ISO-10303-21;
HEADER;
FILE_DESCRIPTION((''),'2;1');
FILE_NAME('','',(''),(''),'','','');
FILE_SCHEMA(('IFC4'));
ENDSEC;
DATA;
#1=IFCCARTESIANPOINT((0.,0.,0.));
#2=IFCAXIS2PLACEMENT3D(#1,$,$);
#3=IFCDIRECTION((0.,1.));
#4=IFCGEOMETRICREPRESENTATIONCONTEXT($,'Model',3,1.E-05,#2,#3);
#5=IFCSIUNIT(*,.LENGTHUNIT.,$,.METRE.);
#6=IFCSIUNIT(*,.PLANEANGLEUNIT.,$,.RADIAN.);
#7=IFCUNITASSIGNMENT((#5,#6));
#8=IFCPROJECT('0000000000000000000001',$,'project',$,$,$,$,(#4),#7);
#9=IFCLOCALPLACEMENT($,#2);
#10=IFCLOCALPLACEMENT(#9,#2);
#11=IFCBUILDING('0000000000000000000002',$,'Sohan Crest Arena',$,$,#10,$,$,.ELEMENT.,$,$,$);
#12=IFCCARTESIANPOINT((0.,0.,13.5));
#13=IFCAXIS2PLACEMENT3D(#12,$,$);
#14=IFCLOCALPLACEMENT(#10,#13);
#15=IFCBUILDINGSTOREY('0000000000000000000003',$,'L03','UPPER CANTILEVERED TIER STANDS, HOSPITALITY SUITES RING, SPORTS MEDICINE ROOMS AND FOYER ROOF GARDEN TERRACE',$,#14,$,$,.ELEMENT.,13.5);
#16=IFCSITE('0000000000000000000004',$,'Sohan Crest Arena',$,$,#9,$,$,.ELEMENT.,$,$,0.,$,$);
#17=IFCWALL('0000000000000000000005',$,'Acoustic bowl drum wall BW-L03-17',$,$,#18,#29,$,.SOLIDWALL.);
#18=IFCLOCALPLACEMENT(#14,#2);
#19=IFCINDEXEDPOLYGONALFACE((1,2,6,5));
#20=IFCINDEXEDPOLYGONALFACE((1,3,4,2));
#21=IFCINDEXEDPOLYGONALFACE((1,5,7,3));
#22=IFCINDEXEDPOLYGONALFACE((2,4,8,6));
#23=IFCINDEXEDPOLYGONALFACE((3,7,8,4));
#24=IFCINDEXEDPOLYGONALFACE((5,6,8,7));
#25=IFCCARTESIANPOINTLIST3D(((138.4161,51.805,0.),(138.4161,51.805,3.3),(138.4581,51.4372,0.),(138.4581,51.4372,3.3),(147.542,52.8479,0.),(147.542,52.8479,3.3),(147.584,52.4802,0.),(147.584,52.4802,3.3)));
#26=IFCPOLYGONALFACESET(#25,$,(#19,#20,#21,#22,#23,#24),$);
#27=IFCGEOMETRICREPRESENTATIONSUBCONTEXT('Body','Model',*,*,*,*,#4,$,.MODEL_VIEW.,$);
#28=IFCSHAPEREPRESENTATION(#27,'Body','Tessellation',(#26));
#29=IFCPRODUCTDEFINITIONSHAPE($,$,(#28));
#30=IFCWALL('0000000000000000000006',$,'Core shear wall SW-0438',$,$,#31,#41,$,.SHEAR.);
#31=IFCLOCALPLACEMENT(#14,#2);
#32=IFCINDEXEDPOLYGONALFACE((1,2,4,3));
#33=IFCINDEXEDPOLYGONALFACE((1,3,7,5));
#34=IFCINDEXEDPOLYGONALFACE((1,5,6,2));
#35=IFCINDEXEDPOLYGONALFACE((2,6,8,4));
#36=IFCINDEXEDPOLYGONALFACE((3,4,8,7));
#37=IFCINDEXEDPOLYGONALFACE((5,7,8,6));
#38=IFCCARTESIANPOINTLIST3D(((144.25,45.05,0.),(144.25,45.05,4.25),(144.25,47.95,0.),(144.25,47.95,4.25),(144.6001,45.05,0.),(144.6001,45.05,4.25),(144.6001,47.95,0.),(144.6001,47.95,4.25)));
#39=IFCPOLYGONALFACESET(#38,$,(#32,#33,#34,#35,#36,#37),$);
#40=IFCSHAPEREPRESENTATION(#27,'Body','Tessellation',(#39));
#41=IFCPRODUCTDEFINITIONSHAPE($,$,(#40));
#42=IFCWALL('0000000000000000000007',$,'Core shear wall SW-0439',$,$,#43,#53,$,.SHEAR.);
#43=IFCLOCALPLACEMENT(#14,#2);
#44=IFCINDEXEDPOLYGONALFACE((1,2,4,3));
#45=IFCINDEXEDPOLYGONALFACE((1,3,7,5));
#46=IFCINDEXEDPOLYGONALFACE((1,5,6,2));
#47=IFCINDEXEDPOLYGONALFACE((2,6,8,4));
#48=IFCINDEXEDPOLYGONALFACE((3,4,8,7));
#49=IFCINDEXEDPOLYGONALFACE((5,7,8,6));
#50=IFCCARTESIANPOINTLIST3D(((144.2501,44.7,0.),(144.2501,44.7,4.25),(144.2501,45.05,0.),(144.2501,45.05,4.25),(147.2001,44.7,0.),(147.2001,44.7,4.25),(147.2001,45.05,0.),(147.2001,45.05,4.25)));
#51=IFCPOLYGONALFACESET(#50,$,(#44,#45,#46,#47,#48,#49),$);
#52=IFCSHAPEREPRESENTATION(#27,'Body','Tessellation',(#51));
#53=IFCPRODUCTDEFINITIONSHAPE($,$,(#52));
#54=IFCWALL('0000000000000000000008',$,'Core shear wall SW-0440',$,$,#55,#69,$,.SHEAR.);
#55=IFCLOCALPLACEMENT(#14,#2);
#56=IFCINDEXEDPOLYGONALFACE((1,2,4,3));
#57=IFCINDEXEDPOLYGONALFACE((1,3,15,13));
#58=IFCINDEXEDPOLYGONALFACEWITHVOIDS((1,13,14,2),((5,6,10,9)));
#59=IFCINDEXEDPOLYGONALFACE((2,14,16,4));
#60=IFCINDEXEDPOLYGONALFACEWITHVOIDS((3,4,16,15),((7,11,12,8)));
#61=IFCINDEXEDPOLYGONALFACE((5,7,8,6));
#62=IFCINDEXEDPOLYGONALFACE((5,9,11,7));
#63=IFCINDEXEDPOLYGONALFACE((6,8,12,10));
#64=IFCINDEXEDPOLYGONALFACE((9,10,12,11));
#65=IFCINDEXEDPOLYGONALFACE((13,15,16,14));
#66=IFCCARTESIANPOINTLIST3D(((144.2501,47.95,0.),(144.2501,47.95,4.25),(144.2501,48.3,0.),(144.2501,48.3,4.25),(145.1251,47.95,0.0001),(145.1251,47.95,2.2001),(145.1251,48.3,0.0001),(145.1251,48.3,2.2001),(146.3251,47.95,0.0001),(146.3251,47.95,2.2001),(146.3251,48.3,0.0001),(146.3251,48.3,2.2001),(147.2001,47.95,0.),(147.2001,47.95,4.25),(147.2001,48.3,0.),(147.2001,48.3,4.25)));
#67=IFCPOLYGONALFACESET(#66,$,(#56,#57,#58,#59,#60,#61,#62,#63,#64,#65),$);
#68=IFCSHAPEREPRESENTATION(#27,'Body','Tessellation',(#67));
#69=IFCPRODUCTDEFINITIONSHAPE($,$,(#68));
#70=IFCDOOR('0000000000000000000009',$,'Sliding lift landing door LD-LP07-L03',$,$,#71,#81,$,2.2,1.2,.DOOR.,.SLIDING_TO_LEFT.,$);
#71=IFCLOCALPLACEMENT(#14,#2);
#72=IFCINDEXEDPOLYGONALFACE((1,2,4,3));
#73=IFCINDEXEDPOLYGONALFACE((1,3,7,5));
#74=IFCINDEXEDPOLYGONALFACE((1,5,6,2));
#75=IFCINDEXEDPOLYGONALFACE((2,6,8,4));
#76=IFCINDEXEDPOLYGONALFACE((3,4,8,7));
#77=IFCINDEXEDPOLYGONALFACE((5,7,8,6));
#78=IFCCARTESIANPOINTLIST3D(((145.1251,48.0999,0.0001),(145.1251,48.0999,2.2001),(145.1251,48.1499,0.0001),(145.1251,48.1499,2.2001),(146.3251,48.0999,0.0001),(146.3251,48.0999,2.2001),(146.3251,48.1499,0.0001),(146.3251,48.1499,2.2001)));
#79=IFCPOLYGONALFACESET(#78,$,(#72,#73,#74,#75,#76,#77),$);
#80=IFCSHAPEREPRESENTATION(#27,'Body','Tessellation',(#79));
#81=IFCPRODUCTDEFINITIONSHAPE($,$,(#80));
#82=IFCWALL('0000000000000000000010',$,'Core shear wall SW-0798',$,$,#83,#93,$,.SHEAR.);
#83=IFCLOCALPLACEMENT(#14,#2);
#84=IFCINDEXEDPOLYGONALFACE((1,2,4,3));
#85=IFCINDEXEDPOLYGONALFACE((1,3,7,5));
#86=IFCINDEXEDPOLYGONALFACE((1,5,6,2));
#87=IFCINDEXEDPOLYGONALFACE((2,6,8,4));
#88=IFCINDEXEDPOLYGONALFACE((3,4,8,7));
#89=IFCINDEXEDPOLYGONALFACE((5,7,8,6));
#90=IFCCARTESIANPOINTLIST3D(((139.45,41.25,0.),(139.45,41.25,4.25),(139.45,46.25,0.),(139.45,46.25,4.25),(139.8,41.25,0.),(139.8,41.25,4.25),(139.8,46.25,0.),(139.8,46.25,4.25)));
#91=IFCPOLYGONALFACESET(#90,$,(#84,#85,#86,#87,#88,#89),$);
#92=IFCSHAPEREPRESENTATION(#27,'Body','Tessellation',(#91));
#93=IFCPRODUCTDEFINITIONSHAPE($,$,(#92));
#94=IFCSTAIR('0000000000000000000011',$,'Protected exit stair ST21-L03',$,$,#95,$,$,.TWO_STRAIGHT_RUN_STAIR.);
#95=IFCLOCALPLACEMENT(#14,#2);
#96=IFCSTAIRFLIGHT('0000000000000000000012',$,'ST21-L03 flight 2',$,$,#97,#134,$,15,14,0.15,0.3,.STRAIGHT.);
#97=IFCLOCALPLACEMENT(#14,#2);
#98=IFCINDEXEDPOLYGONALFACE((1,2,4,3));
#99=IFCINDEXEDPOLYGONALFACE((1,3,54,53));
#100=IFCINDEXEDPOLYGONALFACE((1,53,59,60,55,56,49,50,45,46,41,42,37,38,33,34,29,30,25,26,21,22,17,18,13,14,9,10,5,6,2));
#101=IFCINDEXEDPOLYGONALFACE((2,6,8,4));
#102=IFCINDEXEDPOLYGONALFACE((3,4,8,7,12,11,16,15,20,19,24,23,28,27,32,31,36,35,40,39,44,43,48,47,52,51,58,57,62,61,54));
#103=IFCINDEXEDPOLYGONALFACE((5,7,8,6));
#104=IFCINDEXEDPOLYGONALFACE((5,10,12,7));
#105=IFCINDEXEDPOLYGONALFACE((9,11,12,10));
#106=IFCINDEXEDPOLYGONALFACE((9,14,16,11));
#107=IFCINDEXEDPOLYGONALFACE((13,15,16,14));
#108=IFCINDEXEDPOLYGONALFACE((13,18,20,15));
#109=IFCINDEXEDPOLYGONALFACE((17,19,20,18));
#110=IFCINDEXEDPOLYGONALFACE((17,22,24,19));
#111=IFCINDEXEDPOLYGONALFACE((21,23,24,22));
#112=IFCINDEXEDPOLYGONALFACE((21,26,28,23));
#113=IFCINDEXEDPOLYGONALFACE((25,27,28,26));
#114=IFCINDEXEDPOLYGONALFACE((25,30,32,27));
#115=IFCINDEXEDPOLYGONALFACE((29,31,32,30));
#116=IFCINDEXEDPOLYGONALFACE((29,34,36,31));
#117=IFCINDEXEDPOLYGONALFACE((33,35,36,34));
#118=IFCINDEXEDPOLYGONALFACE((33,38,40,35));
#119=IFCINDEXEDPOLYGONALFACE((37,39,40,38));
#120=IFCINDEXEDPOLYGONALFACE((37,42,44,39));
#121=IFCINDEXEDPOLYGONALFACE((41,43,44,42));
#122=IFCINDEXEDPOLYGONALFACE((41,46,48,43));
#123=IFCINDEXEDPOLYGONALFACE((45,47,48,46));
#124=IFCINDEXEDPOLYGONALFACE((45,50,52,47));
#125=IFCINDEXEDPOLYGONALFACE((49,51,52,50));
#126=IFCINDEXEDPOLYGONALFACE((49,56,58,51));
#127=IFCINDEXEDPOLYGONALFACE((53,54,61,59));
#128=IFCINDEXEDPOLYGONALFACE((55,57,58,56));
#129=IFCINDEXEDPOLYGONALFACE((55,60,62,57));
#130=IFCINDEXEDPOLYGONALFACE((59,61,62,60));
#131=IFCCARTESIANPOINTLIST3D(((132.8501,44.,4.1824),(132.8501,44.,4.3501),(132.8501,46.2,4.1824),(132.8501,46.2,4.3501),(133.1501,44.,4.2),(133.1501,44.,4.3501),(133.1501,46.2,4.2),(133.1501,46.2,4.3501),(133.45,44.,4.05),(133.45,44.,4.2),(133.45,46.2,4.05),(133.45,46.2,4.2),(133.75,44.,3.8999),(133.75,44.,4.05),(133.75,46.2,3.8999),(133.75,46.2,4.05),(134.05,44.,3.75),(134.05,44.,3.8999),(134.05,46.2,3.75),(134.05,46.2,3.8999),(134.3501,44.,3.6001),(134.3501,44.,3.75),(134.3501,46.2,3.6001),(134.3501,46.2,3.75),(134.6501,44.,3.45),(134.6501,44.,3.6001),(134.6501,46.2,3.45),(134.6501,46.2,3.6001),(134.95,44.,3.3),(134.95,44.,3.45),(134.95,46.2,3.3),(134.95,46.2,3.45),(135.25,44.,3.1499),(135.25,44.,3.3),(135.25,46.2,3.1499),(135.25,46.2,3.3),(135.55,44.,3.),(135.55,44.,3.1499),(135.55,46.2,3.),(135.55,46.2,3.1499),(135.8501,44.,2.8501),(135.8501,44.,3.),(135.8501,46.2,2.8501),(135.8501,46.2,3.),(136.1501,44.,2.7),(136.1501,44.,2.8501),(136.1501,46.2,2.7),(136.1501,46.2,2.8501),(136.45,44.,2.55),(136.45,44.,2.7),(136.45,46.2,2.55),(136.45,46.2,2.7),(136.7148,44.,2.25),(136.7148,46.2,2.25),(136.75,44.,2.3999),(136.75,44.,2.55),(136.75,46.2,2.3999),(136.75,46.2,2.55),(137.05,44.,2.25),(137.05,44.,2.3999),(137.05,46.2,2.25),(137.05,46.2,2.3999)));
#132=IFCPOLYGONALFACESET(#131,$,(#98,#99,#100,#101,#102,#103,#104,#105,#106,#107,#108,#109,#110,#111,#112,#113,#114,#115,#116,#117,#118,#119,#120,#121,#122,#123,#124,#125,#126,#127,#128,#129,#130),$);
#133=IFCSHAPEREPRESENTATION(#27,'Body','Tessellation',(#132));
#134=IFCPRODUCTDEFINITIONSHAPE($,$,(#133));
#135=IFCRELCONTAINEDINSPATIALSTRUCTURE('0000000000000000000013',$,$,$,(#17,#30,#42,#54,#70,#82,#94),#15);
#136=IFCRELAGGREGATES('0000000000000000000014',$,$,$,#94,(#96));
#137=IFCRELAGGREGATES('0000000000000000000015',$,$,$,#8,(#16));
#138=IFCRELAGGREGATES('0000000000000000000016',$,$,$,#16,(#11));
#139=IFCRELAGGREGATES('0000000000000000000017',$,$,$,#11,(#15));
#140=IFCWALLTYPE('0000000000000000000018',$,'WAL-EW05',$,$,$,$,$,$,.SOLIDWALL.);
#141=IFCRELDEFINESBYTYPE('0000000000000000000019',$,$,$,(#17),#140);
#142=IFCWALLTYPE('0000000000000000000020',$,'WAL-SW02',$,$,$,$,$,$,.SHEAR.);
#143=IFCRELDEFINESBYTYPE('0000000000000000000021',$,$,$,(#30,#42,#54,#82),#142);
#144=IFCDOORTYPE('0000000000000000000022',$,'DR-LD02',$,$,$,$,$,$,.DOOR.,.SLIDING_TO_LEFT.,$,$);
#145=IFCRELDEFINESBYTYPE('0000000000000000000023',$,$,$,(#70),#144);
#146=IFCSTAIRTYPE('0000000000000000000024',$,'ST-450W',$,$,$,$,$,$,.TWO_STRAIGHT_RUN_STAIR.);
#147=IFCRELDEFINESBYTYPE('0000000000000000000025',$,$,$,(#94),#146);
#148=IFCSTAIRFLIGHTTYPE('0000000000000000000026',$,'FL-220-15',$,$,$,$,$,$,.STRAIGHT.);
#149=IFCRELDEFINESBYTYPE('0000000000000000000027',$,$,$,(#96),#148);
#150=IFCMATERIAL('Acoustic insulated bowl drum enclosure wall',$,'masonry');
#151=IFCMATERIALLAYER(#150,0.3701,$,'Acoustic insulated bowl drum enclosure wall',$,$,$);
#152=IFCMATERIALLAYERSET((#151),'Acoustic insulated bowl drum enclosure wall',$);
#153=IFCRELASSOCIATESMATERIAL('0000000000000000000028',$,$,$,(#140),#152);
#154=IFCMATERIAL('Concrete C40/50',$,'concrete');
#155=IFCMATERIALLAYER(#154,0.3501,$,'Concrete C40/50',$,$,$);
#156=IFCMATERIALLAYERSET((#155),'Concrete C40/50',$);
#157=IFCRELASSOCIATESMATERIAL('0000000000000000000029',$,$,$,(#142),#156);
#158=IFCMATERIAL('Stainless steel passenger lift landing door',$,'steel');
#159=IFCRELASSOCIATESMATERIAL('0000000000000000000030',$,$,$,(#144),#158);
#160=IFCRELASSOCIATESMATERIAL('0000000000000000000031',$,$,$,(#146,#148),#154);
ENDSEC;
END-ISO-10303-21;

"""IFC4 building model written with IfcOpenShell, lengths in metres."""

from ifc_helpers import new_model, si_unit, direction, frame, frame_2d, origin, place, context, subcontext, project, spatial, polyline, rectangle, outline, extrude, material, layer, layer_set, type_object, element, fill, aggregate, save


model = new_model("IFC4")

# Units and contexts
model_context = context("Model", 3, precision=1e-05, world=origin(), true_north=direction((0.0, 1.0)))
body_context = subcontext(model_context, "Body", "Model", "MODEL_VIEW")
ifc_project = project(units=[si_unit("LENGTHUNIT", "METRE"), si_unit("PLANEANGLEUNIT", "RADIAN")], contexts=[model_context])

# Site, building, storey
site_placement = place(None, origin())
site = spatial("IfcSite", under=ifc_project, at=site_placement, Name="Sohan Crest Arena", CompositionType="ELEMENT", RefElevation=0.0)
building_placement = place(site_placement, origin())
building = spatial("IfcBuilding", under=site, at=building_placement, Name="Sohan Crest Arena", CompositionType="ELEMENT")
storey_placement = place(building_placement, frame((0.0, 0.0, 13.5)))
storey = spatial("IfcBuildingStorey", under=building, at=storey_placement, Name="L03", Description="UPPER CANTILEVERED TIER STANDS, HOSPITALITY SUITES RING, SPORTS MEDICINE ROOMS AND FOYER ROOF GARDEN TERRACE", CompositionType="ELEMENT", Elevation=13.5)

# Shared definitions
ifc_material_1 = material(Name="Concrete C40/50", Category="concrete")

# Walls
ifc_material_2 = material(Name="Acoustic insulated bowl drum enclosure wall", Category="masonry")
ifc_layer_1 = layer(ifc_material_2, 0.3701, Name="Acoustic insulated bowl drum enclosure wall")
ifc_layer_set_1 = layer_set([ifc_layer_1], Name="Acoustic insulated bowl drum enclosure wall")
wall_type_1 = type_object("IfcWallType", Name="WAL-EW05", PredefinedType="SOLIDWALL", material=ifc_layer_set_1)
wall_1_placement = place(storey_placement, frame((138.437, 51.6211, 0.0), z_axis=(0.0, 0.0, 1.0), x_axis=(0.993533, 0.113547, 0.0)))
element("IfcWall", 1, at=wall_1_placement, inside=storey, type_object=wall_type_1, Name="Acoustic bowl drum wall BW-L03-17", PredefinedType="SOLIDWALL", context=body_context, shape_type="SweptSolid", body=[
    extrude(rectangle(XDim=9.1853, YDim=0.3701, at=frame_2d((4.5928, 0.0))), origin(), (0.0, 0.0, 1.0), 3.3),
])
ifc_layer_2 = layer(ifc_material_1, 0.3501, Name="Concrete C40/50")
ifc_layer_set_2 = layer_set([ifc_layer_2], Name="Concrete C40/50")
wall_type_2 = type_object("IfcWallType", Name="WAL-SW02", PredefinedType="SHEAR", material=ifc_layer_set_2)
wall_2_placement = place(storey_placement, frame((144.425, 45.05, 0.0), z_axis=(0.0, 0.0, 1.0), x_axis=(0.0, 1.0, 0.0)))
element("IfcWall", 2, at=wall_2_placement, inside=storey, type_object=wall_type_2, Name="Core shear wall SW-0438", PredefinedType="SHEAR", context=body_context, shape_type="SweptSolid", body=[
    extrude(rectangle(XDim=2.8999, YDim=0.3501, at=frame_2d((1.45, 0.0))), origin(), (0.0, 0.0, 1.0), 4.25),
])
wall_3_placement = place(storey_placement, frame((144.25, 44.875, 0.0), z_axis=(0.0, 0.0, 1.0), x_axis=(1.0, 0.0, 0.0)))
element("IfcWall", 3, at=wall_3_placement, inside=storey, type_object=wall_type_2, Name="Core shear wall SW-0439", PredefinedType="SHEAR", context=body_context, shape_type="SweptSolid", body=[
    extrude(rectangle(XDim=2.95, YDim=0.3501, at=frame_2d((1.4751, 0.0))), origin(), (0.0, 0.0, 1.0), 4.25),
])

# Wall, opening, door
wall_4_placement = place(storey_placement, frame((144.25, 48.125, 0.0), z_axis=(0.0, 0.0, 1.0), x_axis=(1.0, 0.0, 0.0)))
wall_4 = element("IfcWall", 4, at=wall_4_placement, inside=storey, type_object=wall_type_2, Name="Core shear wall SW-0440", PredefinedType="SHEAR", context=body_context, shape_type="SweptSolid", body=[
    extrude(rectangle(XDim=2.95, YDim=0.3501, at=frame_2d((1.4751, 0.0))), origin(), (0.0, 0.0, 1.0), 4.25),
])
opening_placement = place(wall_4_placement, frame((0.875, 0.0, 0.0)))
opening = element("IfcOpeningElement", 5, at=opening_placement, cuts=wall_4, PredefinedType="OPENING", context=body_context, shape_type="SweptSolid", body=[
    extrude(rectangle(XDim=1.2, YDim=2.2, at=frame_2d((0.6001, 1.1001))), frame((0.0, 0.1851, 0.0), z_axis=(0.0, -1.0, 0.0), x_axis=(1.0, 0.0, 0.0)), (0.0, 0.0, 1.0), 0.3701),
])
ifc_material_3 = material(Name="Stainless steel passenger lift landing door", Category="steel")
door_type = type_object("IfcDoorType", Name="DR-LD02", OperationType="SLIDING_TO_LEFT", PredefinedType="DOOR", material=ifc_material_3)
door_placement = place(opening_placement, origin())
door = element("IfcDoor", 6, at=door_placement, inside=storey, type_object=door_type, Name="Sliding lift landing door LD-LP07-L03", OperationType="SLIDING_TO_LEFT", OverallHeight=2.2, OverallWidth=1.2, PredefinedType="DOOR", context=body_context, shape_type="SweptSolid", body=[
    extrude(rectangle(XDim=1.2, YDim=2.2, at=frame_2d((0.6001, 1.1001))), frame((0.0, 0.0249, 0.0), z_axis=(0.0, -1.0, 0.0), x_axis=(1.0, 0.0, 0.0)), (0.0, 0.0, 1.0), 0.05),
])
fill(opening, door)

# Wall
wall_5_placement = place(storey_placement, frame((139.625, 41.25, 0.0), z_axis=(0.0, 0.0, 1.0), x_axis=(0.0, 1.0, 0.0)))
element("IfcWall", 7, at=wall_5_placement, inside=storey, type_object=wall_type_2, Name="Core shear wall SW-0798", PredefinedType="SHEAR", context=body_context, shape_type="SweptSolid", body=[
    extrude(rectangle(XDim=5.0, YDim=0.3501, at=frame_2d((2.5, 0.0))), origin(), (0.0, 0.0, 1.0), 4.25),
])

# Stair, stair flight
stair_type = type_object("IfcStairType", Name="ST-450W", PredefinedType="TWO_STRAIGHT_RUN_STAIR", material=ifc_material_1)
stair_placement = place(storey_placement, origin())
stair = element("IfcStair", 8, at=stair_placement, inside=storey, type_object=stair_type, Name="Protected exit stair ST21-L03", PredefinedType="TWO_STRAIGHT_RUN_STAIR")
stair_flight_type = type_object("IfcStairFlightType", Name="FL-220-15", PredefinedType="STRAIGHT", material=ifc_material_1)
stair_flight_placement = place(storey_placement, frame((137.05, 45.1001, 2.25), z_axis=(0.0, 0.0, 1.0), x_axis=(-1.0, 0.0, 0.0)))
stair_flight = element("IfcStairFlight", 9, at=stair_flight_placement, type_object=stair_flight_type, Name="ST21-L03 flight 2", NumberOfRisers=15, NumberOfTreads=14, PredefinedType="STRAIGHT", RiserHeight=0.15, TreadLength=0.3, context=body_context, shape_type="SweptSolid", body=[
    extrude(outline(polyline([(0.0, 0.0), (0.0, 0.1499), (0.3, 0.1499), (0.3, 0.3), (0.6001, 0.3), (0.6001, 0.45), (0.8999, 0.45), (0.8999, 0.6001), (1.2, 0.6001), (1.2, 0.75), (1.5, 0.75), (1.5, 0.8999), (1.8, 0.8999), (1.8, 1.05), (2.1001, 1.05), (2.1001, 1.2), (2.3999, 1.2), (2.3999, 1.3501), (2.7, 1.3501), (2.7, 1.5), (3.0, 1.5), (3.0, 1.6499), (3.3, 1.6499), (3.3, 1.8), (3.6001, 1.8), (3.6001, 1.95), (3.8999, 1.95), (3.8999, 2.1001), (4.2, 2.1001), (4.2, 2.25), (4.2, 1.9324), (0.3352, 0.0), (0.0, 0.0)])), frame((0.0, 1.1001, 0.0), z_axis=(0.0, -1.0, 0.0), x_axis=(1.0, 0.0, 0.0)), (0.0, 0.0, 1.0), 2.2),
])
aggregate(stair, [stair_flight])

save(model, "model.ifc")
